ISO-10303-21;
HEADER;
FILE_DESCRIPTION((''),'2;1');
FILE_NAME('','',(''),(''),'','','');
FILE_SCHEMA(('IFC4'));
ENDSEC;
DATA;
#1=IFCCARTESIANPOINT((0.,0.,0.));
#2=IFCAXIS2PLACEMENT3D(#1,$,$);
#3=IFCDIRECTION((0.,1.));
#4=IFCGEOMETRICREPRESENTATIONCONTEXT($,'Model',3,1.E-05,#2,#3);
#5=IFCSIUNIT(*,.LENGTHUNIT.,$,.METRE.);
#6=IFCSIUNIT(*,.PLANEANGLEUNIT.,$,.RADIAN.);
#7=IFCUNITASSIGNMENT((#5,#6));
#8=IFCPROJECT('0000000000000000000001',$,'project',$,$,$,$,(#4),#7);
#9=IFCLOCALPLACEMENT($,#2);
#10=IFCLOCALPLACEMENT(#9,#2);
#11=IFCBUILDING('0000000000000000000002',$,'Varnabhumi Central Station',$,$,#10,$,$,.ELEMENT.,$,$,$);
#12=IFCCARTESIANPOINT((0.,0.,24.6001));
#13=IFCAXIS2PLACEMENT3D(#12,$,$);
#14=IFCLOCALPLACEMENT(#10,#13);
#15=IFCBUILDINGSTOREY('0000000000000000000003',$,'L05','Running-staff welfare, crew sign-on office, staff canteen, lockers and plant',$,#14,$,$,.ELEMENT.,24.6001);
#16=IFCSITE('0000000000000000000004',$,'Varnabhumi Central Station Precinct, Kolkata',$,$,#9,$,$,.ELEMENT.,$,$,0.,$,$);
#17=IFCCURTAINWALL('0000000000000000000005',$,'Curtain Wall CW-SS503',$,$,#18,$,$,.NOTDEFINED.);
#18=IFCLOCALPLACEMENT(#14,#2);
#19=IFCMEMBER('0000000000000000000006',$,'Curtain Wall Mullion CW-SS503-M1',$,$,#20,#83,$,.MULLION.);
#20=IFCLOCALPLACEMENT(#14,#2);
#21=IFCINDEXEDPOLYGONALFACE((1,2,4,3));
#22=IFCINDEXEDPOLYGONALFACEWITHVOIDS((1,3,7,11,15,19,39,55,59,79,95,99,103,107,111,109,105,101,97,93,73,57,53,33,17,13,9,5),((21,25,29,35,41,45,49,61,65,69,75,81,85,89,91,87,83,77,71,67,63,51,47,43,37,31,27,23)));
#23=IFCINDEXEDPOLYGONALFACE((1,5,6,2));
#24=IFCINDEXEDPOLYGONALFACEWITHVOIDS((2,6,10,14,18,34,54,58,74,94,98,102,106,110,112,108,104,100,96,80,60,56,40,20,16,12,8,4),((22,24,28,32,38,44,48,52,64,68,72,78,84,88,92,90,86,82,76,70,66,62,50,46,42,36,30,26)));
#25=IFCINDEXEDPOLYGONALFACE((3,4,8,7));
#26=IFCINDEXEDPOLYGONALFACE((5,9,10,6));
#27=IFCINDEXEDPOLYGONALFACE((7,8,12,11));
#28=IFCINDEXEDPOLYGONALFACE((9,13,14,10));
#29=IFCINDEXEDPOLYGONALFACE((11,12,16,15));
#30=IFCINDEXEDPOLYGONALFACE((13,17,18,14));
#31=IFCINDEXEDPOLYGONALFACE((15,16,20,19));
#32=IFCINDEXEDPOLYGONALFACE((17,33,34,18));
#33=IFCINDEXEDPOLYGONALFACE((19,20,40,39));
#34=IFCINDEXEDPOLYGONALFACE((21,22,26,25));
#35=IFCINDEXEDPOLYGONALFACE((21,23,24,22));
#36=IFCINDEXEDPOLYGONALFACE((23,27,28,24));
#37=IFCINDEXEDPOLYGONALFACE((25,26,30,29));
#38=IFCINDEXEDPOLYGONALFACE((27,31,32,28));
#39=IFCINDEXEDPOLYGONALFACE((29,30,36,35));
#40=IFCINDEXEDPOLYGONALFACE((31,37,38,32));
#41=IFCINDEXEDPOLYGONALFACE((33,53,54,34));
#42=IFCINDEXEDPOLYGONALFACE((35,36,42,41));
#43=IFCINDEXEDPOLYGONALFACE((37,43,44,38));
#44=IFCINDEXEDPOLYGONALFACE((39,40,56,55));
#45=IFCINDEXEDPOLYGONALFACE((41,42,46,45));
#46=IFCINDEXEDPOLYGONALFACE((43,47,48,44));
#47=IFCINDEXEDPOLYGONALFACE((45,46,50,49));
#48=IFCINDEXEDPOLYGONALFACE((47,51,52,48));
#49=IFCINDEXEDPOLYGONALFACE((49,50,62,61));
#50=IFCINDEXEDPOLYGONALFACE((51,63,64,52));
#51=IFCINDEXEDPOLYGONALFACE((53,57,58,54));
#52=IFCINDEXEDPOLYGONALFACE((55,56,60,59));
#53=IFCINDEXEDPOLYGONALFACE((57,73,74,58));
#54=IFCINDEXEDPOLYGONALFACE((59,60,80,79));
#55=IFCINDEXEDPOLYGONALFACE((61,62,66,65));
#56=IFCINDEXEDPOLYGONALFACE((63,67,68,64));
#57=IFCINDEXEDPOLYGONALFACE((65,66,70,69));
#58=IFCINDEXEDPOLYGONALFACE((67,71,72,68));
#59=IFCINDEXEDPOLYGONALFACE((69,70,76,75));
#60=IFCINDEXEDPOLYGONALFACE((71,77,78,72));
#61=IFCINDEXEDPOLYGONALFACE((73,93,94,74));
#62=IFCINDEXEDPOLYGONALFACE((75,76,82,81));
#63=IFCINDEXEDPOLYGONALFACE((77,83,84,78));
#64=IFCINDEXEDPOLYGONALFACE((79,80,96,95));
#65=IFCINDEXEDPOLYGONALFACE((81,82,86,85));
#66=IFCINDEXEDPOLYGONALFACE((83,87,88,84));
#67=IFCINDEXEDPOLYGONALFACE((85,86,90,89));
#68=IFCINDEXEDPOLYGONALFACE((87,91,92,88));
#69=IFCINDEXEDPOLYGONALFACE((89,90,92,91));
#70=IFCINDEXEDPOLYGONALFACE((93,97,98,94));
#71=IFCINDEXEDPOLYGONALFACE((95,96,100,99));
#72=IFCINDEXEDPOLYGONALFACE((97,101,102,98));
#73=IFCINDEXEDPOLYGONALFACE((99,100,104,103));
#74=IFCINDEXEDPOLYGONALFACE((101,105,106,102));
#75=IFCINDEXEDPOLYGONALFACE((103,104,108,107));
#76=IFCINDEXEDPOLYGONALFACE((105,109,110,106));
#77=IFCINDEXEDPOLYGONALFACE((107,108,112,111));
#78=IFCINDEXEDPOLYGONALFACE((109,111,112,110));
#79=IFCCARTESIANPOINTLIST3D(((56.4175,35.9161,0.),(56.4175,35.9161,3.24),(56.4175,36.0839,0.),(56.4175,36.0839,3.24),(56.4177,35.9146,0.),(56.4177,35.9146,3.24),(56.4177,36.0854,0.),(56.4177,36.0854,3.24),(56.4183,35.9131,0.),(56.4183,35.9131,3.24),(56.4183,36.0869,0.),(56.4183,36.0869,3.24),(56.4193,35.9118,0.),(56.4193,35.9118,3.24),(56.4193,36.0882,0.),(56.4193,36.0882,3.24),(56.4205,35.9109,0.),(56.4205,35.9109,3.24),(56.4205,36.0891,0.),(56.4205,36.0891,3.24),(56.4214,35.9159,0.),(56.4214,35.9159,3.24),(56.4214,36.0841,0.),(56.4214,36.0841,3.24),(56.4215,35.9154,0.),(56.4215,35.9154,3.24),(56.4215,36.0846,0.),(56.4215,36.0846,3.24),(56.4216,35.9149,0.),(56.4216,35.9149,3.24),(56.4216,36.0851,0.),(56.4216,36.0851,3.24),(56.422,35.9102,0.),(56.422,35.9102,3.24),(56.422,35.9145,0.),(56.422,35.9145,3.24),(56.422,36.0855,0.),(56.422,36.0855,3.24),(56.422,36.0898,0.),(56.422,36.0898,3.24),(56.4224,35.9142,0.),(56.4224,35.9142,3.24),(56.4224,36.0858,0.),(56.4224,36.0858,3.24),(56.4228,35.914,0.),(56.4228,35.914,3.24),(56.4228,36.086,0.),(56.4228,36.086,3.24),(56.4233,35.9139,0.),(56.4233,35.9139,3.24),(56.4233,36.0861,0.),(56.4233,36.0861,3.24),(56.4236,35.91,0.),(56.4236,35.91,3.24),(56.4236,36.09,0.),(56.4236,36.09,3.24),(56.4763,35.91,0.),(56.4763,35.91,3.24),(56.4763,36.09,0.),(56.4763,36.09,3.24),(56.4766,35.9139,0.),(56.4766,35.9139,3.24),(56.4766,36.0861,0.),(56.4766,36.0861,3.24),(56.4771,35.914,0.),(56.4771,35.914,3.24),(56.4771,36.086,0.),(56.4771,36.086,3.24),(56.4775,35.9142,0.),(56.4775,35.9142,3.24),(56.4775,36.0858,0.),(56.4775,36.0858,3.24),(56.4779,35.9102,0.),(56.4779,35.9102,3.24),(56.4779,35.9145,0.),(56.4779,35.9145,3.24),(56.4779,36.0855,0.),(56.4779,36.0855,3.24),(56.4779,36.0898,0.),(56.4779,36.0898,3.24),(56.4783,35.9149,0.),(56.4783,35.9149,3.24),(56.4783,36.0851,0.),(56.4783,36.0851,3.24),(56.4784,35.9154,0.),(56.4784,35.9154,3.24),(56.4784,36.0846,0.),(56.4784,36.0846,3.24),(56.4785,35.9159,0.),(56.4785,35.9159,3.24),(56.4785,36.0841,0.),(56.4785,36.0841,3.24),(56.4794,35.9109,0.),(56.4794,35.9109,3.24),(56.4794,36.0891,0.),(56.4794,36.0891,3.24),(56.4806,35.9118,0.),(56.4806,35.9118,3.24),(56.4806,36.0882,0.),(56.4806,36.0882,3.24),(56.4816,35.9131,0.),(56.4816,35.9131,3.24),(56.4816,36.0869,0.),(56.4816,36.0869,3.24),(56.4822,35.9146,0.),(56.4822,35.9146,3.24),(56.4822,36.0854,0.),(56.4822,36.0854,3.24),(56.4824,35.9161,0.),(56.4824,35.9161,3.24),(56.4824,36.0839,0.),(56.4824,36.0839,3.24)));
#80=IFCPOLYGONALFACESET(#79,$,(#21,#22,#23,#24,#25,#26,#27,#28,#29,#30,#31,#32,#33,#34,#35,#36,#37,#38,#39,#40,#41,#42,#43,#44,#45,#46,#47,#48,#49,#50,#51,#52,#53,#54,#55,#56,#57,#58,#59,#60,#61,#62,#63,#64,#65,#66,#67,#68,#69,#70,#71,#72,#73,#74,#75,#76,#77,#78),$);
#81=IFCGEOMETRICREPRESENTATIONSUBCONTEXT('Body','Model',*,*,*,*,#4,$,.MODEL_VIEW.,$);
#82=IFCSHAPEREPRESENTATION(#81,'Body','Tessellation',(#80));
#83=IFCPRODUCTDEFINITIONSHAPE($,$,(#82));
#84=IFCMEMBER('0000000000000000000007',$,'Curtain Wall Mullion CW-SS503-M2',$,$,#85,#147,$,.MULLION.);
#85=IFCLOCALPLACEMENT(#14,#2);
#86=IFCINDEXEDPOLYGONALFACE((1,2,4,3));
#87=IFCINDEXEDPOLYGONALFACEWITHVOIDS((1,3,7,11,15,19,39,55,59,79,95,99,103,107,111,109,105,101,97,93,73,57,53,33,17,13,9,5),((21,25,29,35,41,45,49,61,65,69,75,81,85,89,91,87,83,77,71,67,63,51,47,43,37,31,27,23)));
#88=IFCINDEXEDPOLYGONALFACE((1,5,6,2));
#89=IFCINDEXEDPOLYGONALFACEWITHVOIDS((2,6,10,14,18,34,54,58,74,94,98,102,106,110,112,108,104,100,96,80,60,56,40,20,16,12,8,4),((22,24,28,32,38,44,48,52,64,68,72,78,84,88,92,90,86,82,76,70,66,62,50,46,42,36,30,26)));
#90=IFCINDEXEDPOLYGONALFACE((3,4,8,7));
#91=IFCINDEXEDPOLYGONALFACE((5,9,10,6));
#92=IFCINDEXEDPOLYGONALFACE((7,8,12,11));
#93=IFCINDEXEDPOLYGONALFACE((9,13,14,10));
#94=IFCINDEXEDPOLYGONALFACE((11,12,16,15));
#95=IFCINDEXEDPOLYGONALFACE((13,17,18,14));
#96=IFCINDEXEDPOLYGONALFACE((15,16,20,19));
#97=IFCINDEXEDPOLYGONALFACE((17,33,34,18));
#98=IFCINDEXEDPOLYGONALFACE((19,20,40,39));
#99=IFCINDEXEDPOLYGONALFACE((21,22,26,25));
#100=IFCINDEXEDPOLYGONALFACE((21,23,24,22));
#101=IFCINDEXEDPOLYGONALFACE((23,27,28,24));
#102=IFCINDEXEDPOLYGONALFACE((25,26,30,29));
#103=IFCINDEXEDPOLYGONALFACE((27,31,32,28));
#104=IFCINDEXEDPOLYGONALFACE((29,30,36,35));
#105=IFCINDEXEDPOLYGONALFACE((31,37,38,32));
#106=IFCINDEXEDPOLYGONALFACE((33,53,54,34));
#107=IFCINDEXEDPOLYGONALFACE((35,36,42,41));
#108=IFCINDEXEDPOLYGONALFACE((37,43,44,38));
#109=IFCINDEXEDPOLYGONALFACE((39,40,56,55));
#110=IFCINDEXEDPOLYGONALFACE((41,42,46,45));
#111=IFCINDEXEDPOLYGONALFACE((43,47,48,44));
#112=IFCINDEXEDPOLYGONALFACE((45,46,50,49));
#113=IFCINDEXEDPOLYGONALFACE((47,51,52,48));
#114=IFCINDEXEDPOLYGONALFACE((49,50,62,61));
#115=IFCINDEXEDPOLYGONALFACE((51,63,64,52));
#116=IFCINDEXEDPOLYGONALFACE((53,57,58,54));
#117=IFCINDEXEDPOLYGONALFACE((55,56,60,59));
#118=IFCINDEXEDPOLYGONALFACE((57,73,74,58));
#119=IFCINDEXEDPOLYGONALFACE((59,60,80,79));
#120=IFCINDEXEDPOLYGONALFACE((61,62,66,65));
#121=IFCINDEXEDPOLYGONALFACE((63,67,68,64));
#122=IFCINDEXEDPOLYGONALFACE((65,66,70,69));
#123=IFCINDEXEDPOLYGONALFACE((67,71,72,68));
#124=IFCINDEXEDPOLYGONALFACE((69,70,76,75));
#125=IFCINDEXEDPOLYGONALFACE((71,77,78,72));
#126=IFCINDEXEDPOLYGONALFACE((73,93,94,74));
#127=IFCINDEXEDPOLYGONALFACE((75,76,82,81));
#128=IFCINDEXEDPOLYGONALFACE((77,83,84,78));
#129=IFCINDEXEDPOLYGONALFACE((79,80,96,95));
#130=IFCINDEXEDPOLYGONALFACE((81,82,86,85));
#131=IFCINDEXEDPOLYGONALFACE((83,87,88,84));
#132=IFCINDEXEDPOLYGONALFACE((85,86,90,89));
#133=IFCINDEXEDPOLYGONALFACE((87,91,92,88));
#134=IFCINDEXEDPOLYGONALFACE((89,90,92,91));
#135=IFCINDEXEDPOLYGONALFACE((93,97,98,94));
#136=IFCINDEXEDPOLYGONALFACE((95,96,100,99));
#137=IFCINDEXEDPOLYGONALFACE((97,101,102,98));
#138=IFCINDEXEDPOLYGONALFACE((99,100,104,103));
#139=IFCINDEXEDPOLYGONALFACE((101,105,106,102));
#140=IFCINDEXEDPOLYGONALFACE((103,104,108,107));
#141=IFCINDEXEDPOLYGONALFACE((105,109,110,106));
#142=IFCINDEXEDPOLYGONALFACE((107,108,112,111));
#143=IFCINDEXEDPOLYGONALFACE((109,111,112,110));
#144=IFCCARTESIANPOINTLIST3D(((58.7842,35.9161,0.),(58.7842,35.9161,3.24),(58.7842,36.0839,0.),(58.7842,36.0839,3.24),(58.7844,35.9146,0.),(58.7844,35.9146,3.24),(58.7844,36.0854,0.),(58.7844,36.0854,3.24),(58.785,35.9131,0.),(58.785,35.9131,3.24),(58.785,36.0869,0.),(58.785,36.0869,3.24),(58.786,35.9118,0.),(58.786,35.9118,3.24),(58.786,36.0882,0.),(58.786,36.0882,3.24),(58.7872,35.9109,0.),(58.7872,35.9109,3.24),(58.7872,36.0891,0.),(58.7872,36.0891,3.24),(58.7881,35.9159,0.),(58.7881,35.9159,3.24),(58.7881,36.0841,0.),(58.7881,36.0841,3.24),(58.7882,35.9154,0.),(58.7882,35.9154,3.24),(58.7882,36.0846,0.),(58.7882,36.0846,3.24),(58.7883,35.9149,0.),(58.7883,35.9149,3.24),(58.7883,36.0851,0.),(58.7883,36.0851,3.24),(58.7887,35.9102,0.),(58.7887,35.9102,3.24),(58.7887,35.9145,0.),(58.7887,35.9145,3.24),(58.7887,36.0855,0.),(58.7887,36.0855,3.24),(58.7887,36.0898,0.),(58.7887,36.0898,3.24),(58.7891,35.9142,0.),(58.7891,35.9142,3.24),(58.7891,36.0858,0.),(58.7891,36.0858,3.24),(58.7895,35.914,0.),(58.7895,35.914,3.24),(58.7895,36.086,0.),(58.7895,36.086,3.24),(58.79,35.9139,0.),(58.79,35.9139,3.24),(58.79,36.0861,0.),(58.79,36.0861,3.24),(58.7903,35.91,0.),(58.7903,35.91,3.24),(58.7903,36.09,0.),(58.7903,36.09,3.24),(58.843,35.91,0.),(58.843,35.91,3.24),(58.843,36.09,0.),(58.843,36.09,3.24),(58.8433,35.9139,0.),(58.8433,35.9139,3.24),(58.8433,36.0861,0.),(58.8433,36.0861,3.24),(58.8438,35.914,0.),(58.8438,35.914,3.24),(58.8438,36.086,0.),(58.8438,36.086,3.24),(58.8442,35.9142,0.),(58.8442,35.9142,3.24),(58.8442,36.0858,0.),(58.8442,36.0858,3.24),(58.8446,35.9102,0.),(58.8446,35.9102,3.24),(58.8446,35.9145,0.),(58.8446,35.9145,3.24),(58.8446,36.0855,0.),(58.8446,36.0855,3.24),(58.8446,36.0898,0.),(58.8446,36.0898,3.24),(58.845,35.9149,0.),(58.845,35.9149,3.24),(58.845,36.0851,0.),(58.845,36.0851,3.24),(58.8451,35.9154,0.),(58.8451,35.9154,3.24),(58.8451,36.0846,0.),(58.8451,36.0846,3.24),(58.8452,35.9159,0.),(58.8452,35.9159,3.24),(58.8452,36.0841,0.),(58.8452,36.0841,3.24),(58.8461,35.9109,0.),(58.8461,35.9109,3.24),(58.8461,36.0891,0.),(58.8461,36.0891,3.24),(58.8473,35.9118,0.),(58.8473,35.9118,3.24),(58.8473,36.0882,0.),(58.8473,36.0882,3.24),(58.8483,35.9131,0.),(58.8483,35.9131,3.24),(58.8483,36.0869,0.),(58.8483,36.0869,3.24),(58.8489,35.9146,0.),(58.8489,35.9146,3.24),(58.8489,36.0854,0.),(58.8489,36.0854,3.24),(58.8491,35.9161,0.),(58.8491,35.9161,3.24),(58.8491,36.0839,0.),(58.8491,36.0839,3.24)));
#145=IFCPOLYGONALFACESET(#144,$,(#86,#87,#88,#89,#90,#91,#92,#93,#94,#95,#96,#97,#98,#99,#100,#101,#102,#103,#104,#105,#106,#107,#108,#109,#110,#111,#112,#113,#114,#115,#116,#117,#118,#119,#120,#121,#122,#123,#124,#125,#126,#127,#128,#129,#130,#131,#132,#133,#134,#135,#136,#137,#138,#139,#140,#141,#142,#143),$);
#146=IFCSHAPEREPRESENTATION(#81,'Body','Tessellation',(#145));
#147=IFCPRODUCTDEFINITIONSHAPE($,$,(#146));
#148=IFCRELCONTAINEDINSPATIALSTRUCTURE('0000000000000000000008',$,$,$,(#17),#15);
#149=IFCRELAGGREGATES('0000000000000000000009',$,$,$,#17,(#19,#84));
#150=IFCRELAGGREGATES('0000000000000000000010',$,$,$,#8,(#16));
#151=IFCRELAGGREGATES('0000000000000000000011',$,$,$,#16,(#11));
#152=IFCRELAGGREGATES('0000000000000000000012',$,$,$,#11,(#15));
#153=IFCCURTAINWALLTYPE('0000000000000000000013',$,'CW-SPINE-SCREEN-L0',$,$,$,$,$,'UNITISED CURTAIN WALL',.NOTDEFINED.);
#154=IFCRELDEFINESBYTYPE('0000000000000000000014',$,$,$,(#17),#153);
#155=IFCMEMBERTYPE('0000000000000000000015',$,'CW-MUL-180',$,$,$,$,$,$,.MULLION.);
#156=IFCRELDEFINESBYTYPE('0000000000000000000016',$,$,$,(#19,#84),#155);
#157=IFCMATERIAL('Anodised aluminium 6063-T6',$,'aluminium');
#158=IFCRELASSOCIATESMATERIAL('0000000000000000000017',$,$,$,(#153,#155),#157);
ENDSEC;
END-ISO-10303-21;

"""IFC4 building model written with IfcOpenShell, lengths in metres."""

from ifc_helpers import new_model, si_unit, direction, frame, origin, origin_2d, place, context, subcontext, project, spatial, hollow_rectangle, extrude, material, material_profile, profile_set, type_object, element, aggregate, save


model = new_model("IFC4")

# Units and contexts
model_context = context("Model", 3, precision=1e-05, world=origin(), true_north=direction((0.0, 1.0)))
body_context = subcontext(model_context, "Body", "Model", "MODEL_VIEW")
ifc_project = project(units=[si_unit("LENGTHUNIT", "METRE"), si_unit("PLANEANGLEUNIT", "RADIAN")], contexts=[model_context])

# Site, building, storey
site_placement = place(None, origin())
site = spatial("IfcSite", under=ifc_project, at=site_placement, Name="Varnabhumi Central Station Precinct, Kolkata", CompositionType="ELEMENT", RefElevation=0.0)
building_placement = place(site_placement, origin())
building = spatial("IfcBuilding", under=site, at=building_placement, Name="Varnabhumi Central Station", CompositionType="ELEMENT")
storey_placement = place(building_placement, frame((0.0, 0.0, 24.6001)))
storey = spatial("IfcBuildingStorey", under=building, at=storey_placement, Name="L05", Description="Running-staff welfare, crew sign-on office, staff canteen, lockers and plant", CompositionType="ELEMENT", Elevation=24.6001)

# Curtain wall, members
ifc_material_1 = material(Name="Anodised aluminium 6063-T6", Category="aluminium")
curtain_wall_type = type_object("IfcCurtainWallType", Name="CW-SPINE-SCREEN-L0", ElementType="UNITISED CURTAIN WALL", PredefinedType="NOTDEFINED", material=ifc_material_1)
curtain_wall_placement = place(storey_placement, origin())
curtain_wall = element("IfcCurtainWall", 1, at=curtain_wall_placement, inside=storey, type_object=curtain_wall_type, Name="Curtain Wall CW-SS503", PredefinedType="NOTDEFINED")
ifc_material_profile_1 = material_profile(ifc_material_1, hollow_rectangle(XDim=0.0649, YDim=0.1799, WallThickness=0.0039, InnerFilletRadius=0.002, OuterFilletRadius=0.0061, at=origin_2d()), Name="Anodised aluminium 6063-T6", Category="aluminium")
ifc_profile_set_1 = profile_set([ifc_material_profile_1], Name="Anodised aluminium 6063-T6")
member_type_1 = type_object("IfcMemberType", Name="CW-MUL-180", PredefinedType="MULLION", material=ifc_profile_set_1)
member_1_placement = place(storey_placement, frame((56.45, 36.0, 0.0), z_axis=(0.0, 0.0, 1.0), x_axis=(1.0, 0.0, 0.0)))
member_1 = element("IfcMember", 2, at=member_1_placement, type_object=member_type_1, Name="Curtain Wall Mullion CW-SS503-M1", PredefinedType="MULLION", context=body_context, shape_type="SweptSolid", body=[
    extrude(hollow_rectangle(XDim=0.0649, YDim=0.1799, WallThickness=0.0039, InnerFilletRadius=0.002, OuterFilletRadius=0.0061, at=origin_2d()), origin(), (0.0, 0.0, 1.0), 3.24),
])
member_2_placement = place(storey_placement, frame((58.8167, 36.0, 0.0), z_axis=(0.0, 0.0, 1.0), x_axis=(1.0, 0.0, 0.0)))
member_2 = element("IfcMember", 3, at=member_2_placement, type_object=member_type_1, Name="Curtain Wall Mullion CW-SS503-M2", PredefinedType="MULLION", context=body_context, shape_type="SweptSolid", body=[
    extrude(hollow_rectangle(XDim=0.0649, YDim=0.1799, WallThickness=0.0039, InnerFilletRadius=0.002, OuterFilletRadius=0.0061, at=origin_2d()), origin(), (0.0, 0.0, 1.0), 3.24),
])

aggregate(curtain_wall, [member_1, member_2])

save(model, "model.ifc")
